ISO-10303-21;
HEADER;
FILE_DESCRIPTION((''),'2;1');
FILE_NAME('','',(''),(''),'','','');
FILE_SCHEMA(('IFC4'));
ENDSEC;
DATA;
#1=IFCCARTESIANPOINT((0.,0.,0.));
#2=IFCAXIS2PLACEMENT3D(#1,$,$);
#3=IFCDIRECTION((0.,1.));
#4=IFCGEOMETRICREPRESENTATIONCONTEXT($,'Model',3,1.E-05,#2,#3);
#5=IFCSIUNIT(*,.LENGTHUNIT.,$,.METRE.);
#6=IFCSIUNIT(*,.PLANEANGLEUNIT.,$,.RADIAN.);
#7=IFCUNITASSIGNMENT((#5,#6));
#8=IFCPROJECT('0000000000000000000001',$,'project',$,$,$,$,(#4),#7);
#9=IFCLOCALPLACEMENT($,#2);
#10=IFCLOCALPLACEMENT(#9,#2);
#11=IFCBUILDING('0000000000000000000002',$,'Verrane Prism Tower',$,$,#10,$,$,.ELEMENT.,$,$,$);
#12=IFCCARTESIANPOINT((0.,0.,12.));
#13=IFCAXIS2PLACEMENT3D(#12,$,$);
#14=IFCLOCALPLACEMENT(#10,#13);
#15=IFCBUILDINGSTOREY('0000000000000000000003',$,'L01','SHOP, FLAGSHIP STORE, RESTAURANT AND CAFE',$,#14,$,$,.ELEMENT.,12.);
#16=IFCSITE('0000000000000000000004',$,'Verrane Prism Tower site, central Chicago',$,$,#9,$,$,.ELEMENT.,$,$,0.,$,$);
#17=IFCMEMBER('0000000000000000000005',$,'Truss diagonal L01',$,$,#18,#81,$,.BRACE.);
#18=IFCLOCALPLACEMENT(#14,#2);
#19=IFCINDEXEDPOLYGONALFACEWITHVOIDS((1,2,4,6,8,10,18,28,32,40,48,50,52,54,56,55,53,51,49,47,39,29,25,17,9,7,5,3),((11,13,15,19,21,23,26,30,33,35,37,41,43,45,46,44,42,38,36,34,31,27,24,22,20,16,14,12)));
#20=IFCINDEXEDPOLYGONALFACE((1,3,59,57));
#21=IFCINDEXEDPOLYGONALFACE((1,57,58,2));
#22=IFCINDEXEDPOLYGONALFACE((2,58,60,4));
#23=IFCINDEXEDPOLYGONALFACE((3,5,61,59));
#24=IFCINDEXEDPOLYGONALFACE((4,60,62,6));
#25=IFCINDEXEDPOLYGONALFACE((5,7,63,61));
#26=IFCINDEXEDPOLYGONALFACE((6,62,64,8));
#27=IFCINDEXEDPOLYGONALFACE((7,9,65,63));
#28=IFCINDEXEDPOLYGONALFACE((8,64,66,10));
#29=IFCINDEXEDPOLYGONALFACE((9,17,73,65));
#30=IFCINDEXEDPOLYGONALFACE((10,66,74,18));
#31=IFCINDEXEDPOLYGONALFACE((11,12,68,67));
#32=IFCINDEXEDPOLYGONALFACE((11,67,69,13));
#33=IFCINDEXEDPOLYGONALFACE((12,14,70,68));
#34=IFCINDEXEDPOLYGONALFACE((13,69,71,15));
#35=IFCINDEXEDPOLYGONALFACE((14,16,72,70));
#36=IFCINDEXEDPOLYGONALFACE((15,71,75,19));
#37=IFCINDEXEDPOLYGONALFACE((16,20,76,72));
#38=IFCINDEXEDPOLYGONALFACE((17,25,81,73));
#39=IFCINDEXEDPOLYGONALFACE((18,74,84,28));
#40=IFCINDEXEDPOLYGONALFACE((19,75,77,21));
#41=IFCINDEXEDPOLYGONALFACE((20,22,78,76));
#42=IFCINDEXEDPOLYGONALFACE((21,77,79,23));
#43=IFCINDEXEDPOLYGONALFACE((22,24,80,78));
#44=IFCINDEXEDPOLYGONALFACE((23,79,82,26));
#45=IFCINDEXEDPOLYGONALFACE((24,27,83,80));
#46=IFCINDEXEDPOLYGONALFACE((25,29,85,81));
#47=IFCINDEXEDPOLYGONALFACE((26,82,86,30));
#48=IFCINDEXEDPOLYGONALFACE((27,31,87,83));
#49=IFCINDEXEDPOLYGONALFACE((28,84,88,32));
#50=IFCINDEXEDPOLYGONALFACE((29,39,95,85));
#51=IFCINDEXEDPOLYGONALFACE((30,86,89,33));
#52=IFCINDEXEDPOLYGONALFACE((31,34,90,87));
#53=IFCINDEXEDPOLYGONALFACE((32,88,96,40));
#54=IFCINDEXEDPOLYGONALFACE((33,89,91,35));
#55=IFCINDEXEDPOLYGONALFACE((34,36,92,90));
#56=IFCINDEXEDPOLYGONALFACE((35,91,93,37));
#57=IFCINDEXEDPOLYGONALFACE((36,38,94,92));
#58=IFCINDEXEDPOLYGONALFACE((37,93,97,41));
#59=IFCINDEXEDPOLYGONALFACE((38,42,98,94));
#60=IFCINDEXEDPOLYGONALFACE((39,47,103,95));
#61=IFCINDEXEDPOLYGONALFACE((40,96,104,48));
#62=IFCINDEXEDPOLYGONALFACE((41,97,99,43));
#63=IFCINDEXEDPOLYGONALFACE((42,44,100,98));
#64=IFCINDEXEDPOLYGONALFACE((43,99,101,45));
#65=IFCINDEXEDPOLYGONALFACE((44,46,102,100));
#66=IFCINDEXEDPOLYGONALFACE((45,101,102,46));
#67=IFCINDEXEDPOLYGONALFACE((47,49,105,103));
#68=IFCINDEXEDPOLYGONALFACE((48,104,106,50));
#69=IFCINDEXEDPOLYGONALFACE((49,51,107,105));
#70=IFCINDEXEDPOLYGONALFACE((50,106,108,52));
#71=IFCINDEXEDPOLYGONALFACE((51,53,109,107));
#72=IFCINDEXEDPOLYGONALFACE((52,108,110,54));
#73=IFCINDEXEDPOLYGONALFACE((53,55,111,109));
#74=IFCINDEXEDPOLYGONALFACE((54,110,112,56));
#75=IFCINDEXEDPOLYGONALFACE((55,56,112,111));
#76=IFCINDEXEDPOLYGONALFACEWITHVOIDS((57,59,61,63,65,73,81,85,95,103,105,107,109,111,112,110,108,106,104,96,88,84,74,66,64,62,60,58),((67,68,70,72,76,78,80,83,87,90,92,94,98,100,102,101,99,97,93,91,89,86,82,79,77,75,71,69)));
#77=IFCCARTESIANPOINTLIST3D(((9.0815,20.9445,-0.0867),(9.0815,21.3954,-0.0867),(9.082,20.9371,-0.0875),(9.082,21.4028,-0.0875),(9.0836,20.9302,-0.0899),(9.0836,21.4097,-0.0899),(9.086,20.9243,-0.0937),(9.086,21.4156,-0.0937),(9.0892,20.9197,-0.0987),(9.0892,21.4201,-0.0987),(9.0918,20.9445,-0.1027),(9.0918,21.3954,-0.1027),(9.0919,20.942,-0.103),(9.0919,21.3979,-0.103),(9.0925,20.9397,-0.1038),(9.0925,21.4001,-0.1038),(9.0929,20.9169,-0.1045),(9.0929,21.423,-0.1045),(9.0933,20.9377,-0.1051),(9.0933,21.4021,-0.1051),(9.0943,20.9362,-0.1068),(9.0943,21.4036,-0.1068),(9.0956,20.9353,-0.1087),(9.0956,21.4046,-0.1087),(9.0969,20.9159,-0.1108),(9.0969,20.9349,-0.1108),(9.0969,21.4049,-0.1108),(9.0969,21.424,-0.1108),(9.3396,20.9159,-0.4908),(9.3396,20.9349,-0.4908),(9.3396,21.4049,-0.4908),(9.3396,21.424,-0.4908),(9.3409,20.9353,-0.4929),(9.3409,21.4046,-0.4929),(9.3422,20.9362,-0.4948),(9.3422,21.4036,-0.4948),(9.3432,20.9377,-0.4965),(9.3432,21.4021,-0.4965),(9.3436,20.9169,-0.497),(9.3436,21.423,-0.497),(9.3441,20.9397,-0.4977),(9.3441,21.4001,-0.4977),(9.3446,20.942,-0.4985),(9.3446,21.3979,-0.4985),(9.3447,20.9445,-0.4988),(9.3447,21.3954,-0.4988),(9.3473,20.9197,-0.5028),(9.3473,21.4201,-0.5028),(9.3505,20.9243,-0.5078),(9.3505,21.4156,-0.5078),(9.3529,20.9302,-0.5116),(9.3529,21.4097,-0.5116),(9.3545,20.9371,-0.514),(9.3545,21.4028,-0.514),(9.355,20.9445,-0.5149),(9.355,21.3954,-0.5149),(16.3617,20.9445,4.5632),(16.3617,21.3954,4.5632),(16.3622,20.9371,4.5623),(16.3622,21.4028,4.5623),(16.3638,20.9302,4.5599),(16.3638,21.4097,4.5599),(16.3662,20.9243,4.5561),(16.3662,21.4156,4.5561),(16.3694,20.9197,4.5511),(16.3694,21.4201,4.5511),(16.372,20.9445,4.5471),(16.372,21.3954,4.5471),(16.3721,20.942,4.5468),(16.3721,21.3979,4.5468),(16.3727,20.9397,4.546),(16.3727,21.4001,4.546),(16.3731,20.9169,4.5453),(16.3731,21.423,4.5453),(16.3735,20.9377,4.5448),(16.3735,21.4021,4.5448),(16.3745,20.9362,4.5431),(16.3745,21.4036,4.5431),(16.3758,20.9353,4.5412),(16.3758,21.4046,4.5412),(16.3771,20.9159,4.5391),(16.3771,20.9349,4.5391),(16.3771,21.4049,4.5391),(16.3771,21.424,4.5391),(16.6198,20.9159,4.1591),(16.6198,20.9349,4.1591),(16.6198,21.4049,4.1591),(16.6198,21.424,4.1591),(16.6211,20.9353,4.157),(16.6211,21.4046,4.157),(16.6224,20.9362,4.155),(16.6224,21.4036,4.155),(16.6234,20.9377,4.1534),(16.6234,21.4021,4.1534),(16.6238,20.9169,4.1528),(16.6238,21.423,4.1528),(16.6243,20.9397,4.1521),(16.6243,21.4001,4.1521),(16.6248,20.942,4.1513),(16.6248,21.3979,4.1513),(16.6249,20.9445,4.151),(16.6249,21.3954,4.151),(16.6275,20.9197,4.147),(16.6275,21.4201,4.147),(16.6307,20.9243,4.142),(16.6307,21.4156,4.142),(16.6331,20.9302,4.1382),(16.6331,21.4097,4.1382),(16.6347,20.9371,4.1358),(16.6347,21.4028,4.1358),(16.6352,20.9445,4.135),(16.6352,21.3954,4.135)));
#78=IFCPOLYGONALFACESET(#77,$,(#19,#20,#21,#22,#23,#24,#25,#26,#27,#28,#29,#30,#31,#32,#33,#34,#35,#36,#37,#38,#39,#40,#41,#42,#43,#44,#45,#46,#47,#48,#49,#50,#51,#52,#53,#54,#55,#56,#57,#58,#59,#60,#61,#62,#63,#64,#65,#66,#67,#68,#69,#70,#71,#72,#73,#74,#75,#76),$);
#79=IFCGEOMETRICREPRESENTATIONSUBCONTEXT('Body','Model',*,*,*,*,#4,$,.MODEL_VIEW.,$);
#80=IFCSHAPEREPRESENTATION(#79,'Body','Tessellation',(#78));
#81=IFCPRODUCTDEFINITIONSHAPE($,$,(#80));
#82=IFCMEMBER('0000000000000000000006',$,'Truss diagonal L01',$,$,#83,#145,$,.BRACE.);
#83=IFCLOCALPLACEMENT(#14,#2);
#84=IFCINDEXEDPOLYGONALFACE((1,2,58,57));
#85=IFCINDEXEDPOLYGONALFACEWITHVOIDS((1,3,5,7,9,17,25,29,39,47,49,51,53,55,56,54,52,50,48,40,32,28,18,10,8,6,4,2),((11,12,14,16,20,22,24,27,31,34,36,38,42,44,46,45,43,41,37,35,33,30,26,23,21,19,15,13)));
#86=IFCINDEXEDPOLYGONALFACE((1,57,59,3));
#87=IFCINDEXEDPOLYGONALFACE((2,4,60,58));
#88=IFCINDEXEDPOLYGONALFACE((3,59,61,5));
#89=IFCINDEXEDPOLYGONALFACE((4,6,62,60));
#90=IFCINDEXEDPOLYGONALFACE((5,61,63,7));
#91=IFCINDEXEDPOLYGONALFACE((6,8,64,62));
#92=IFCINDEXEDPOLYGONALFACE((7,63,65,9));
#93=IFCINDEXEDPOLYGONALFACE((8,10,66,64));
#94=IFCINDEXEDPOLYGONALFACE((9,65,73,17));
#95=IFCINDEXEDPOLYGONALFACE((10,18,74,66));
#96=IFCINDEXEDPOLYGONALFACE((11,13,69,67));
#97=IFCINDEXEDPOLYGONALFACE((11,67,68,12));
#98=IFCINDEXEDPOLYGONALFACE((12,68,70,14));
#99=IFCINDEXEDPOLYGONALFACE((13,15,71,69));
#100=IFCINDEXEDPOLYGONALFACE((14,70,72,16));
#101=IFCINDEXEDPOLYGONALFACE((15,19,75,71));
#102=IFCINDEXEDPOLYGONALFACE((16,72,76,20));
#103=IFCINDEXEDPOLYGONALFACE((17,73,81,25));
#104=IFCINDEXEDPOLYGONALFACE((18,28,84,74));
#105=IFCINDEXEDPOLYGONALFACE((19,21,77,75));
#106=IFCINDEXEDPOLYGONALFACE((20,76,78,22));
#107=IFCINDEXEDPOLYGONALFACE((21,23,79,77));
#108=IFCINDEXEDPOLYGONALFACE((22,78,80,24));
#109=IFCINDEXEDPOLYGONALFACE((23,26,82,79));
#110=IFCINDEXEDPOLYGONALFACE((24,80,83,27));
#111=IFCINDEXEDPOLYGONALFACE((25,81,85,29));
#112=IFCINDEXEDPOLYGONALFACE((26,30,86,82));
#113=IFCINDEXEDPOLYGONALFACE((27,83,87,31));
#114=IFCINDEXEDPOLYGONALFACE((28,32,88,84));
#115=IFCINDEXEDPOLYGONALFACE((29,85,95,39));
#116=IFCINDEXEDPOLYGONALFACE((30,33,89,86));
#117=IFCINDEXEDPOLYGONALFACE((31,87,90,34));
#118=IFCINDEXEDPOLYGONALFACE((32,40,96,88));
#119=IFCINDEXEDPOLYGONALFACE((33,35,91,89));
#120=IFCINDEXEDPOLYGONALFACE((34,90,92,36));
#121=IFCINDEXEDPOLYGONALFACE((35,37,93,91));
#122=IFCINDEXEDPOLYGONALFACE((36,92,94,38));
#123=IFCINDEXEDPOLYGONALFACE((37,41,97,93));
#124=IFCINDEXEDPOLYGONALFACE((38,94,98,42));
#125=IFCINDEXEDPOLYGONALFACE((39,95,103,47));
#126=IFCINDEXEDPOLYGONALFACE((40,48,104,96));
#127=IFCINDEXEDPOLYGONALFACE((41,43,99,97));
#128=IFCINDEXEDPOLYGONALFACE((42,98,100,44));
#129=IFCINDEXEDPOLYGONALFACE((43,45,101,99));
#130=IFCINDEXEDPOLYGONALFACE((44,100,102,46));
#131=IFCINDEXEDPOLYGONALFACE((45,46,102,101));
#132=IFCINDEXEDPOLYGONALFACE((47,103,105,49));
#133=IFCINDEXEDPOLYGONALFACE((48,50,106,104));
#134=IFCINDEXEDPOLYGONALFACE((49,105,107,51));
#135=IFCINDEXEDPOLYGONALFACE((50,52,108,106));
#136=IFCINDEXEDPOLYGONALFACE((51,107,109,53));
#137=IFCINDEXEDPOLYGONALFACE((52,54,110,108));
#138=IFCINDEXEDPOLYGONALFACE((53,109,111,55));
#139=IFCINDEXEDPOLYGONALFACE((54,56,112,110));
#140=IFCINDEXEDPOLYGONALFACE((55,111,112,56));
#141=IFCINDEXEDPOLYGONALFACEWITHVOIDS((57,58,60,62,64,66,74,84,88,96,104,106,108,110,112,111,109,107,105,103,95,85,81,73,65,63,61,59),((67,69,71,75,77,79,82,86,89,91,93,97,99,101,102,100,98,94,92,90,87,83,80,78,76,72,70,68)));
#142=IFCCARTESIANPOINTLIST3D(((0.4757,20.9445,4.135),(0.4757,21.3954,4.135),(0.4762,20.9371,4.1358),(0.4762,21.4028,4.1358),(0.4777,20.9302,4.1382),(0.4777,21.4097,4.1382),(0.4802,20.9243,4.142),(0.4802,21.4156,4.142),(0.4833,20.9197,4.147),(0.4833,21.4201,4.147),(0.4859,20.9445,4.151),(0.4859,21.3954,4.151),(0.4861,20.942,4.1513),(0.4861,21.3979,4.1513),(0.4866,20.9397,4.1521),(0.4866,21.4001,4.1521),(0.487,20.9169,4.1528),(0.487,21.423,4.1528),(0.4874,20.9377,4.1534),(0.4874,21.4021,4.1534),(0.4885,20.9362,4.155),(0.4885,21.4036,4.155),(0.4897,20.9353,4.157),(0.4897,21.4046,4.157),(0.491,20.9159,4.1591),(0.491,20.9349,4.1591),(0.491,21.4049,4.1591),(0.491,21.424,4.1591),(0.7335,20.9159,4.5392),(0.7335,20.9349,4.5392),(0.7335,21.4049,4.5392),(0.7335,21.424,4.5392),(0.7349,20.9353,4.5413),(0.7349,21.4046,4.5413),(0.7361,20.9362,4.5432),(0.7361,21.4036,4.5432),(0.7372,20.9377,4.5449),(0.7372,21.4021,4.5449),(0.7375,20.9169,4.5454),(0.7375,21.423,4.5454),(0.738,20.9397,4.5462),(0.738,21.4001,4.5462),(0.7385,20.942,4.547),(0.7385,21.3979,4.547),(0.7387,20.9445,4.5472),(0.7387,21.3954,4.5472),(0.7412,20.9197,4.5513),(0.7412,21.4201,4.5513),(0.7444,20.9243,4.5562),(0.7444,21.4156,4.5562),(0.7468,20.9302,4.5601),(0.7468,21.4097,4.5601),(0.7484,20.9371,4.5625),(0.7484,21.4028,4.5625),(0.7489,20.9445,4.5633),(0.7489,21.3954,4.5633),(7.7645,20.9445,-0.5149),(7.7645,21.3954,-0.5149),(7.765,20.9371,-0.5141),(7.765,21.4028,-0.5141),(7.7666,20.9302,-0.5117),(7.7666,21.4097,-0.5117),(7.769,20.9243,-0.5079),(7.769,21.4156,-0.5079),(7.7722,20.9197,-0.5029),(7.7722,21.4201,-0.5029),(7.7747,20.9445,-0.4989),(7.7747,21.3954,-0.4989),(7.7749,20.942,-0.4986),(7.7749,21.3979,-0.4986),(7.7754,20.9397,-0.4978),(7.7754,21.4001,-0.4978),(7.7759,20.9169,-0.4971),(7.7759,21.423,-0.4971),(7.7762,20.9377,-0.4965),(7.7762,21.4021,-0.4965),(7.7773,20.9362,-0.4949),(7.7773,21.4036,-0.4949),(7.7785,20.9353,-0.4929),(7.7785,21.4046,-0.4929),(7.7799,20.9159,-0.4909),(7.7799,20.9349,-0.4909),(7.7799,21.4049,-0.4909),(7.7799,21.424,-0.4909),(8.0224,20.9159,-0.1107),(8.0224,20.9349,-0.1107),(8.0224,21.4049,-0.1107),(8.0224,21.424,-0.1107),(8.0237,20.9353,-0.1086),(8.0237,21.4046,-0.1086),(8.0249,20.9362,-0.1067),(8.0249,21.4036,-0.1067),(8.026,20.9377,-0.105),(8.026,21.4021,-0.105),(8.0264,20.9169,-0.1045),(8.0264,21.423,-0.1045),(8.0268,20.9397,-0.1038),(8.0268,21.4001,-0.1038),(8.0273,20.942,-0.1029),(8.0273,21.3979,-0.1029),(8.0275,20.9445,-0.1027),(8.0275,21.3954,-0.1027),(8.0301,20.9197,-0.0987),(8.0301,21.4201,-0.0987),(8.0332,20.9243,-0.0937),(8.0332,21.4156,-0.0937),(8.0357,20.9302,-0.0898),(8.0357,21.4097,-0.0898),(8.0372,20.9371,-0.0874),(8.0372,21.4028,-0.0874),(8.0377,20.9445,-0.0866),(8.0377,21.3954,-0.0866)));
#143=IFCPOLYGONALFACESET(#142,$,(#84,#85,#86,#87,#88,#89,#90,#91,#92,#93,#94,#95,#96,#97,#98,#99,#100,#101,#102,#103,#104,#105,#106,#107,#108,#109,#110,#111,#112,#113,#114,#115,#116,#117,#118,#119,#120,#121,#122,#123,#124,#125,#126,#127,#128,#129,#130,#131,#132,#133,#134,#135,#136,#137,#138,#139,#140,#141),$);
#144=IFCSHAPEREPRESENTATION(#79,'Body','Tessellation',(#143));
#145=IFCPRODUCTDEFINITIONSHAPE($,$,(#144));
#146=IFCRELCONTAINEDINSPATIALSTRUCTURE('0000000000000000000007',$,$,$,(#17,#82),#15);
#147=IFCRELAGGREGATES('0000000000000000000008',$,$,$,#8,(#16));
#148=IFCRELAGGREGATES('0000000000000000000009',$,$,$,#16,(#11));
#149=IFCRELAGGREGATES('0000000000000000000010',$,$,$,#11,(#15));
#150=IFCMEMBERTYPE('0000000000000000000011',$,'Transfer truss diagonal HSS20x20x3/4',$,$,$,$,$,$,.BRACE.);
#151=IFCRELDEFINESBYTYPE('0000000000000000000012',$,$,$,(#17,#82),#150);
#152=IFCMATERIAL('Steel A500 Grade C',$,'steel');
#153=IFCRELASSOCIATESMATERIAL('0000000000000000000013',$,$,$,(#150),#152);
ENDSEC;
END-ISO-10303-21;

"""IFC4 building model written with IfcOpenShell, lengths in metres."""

from ifc_helpers import new_model, si_unit, direction, frame, origin, origin_2d, place, context, subcontext, project, spatial, hollow_rectangle, extrude, material, material_profile, profile_set, type_object, element, save


model = new_model("IFC4")

# Units and contexts
model_context = context("Model", 3, precision=1e-05, world=origin(), true_north=direction((0.0, 1.0)))
body_context = subcontext(model_context, "Body", "Model", "MODEL_VIEW")
ifc_project = project(units=[si_unit("LENGTHUNIT", "METRE"), si_unit("PLANEANGLEUNIT", "RADIAN")], contexts=[model_context])

# Site, building, storey
site_placement = place(None, origin())
site = spatial("IfcSite", under=ifc_project, at=site_placement, Name="Verrane Prism Tower site, central Chicago", CompositionType="ELEMENT", RefElevation=0.0)
building_placement = place(site_placement, origin())
building = spatial("IfcBuilding", under=site, at=building_placement, Name="Verrane Prism Tower", CompositionType="ELEMENT")
storey_placement = place(building_placement, frame((0.0, 0.0, 12.0)))
storey = spatial("IfcBuildingStorey", under=building, at=storey_placement, Name="L01", Description="SHOP, FLAGSHIP STORE, RESTAURANT AND CAFE", CompositionType="ELEMENT", Elevation=12.0)

# Members
ifc_material_1 = material(Name="Steel A500 Grade C", Category="steel")
ifc_material_profile_1 = material_profile(ifc_material_1, hollow_rectangle(XDim=0.5081, YDim=0.5081, WallThickness=0.019, InnerFilletRadius=0.0095, OuterFilletRadius=0.0286, at=origin_2d()), Name="HSS20x20x3/4")
ifc_profile_set_1 = profile_set([ifc_material_profile_1], Name="Steel A500 Grade C")
member_type_1 = type_object("IfcMemberType", Name="Transfer truss diagonal HSS20x20x3/4", PredefinedType="BRACE", material=ifc_profile_set_1)
member_1_placement = place(storey_placement, frame((9.2183, 21.1699, -0.3008), z_axis=(0.842769, 0.0, 0.538276), x_axis=(0.0, 1.0, 0.0)))
element("IfcMember", 1, at=member_1_placement, inside=storey, type_object=member_type_1, Name="Truss diagonal L01", PredefinedType="BRACE", context=body_context, shape_type="SweptSolid", body=[
    extrude(hollow_rectangle(XDim=0.5081, YDim=0.5081, WallThickness=0.019, InnerFilletRadius=0.0095, OuterFilletRadius=0.0286, at=origin_2d()), origin(), (0.0, 0.0, 1.0), 8.6384),
])
member_2_placement = place(storey_placement, frame((7.9011, 21.1699, -0.3008), z_axis=(-0.843055, 0.0, 0.537827), x_axis=(0.0, -1.0, 0.0)))
element("IfcMember", 2, at=member_2_placement, inside=storey, type_object=member_type_1, Name="Truss diagonal L01", PredefinedType="BRACE", context=body_context, shape_type="SweptSolid", body=[
    extrude(hollow_rectangle(XDim=0.5081, YDim=0.5081, WallThickness=0.019, InnerFilletRadius=0.0095, OuterFilletRadius=0.0286, at=origin_2d()), origin(), (0.0, 0.0, 1.0), 8.6458),
])

save(model, "model.ifc")
